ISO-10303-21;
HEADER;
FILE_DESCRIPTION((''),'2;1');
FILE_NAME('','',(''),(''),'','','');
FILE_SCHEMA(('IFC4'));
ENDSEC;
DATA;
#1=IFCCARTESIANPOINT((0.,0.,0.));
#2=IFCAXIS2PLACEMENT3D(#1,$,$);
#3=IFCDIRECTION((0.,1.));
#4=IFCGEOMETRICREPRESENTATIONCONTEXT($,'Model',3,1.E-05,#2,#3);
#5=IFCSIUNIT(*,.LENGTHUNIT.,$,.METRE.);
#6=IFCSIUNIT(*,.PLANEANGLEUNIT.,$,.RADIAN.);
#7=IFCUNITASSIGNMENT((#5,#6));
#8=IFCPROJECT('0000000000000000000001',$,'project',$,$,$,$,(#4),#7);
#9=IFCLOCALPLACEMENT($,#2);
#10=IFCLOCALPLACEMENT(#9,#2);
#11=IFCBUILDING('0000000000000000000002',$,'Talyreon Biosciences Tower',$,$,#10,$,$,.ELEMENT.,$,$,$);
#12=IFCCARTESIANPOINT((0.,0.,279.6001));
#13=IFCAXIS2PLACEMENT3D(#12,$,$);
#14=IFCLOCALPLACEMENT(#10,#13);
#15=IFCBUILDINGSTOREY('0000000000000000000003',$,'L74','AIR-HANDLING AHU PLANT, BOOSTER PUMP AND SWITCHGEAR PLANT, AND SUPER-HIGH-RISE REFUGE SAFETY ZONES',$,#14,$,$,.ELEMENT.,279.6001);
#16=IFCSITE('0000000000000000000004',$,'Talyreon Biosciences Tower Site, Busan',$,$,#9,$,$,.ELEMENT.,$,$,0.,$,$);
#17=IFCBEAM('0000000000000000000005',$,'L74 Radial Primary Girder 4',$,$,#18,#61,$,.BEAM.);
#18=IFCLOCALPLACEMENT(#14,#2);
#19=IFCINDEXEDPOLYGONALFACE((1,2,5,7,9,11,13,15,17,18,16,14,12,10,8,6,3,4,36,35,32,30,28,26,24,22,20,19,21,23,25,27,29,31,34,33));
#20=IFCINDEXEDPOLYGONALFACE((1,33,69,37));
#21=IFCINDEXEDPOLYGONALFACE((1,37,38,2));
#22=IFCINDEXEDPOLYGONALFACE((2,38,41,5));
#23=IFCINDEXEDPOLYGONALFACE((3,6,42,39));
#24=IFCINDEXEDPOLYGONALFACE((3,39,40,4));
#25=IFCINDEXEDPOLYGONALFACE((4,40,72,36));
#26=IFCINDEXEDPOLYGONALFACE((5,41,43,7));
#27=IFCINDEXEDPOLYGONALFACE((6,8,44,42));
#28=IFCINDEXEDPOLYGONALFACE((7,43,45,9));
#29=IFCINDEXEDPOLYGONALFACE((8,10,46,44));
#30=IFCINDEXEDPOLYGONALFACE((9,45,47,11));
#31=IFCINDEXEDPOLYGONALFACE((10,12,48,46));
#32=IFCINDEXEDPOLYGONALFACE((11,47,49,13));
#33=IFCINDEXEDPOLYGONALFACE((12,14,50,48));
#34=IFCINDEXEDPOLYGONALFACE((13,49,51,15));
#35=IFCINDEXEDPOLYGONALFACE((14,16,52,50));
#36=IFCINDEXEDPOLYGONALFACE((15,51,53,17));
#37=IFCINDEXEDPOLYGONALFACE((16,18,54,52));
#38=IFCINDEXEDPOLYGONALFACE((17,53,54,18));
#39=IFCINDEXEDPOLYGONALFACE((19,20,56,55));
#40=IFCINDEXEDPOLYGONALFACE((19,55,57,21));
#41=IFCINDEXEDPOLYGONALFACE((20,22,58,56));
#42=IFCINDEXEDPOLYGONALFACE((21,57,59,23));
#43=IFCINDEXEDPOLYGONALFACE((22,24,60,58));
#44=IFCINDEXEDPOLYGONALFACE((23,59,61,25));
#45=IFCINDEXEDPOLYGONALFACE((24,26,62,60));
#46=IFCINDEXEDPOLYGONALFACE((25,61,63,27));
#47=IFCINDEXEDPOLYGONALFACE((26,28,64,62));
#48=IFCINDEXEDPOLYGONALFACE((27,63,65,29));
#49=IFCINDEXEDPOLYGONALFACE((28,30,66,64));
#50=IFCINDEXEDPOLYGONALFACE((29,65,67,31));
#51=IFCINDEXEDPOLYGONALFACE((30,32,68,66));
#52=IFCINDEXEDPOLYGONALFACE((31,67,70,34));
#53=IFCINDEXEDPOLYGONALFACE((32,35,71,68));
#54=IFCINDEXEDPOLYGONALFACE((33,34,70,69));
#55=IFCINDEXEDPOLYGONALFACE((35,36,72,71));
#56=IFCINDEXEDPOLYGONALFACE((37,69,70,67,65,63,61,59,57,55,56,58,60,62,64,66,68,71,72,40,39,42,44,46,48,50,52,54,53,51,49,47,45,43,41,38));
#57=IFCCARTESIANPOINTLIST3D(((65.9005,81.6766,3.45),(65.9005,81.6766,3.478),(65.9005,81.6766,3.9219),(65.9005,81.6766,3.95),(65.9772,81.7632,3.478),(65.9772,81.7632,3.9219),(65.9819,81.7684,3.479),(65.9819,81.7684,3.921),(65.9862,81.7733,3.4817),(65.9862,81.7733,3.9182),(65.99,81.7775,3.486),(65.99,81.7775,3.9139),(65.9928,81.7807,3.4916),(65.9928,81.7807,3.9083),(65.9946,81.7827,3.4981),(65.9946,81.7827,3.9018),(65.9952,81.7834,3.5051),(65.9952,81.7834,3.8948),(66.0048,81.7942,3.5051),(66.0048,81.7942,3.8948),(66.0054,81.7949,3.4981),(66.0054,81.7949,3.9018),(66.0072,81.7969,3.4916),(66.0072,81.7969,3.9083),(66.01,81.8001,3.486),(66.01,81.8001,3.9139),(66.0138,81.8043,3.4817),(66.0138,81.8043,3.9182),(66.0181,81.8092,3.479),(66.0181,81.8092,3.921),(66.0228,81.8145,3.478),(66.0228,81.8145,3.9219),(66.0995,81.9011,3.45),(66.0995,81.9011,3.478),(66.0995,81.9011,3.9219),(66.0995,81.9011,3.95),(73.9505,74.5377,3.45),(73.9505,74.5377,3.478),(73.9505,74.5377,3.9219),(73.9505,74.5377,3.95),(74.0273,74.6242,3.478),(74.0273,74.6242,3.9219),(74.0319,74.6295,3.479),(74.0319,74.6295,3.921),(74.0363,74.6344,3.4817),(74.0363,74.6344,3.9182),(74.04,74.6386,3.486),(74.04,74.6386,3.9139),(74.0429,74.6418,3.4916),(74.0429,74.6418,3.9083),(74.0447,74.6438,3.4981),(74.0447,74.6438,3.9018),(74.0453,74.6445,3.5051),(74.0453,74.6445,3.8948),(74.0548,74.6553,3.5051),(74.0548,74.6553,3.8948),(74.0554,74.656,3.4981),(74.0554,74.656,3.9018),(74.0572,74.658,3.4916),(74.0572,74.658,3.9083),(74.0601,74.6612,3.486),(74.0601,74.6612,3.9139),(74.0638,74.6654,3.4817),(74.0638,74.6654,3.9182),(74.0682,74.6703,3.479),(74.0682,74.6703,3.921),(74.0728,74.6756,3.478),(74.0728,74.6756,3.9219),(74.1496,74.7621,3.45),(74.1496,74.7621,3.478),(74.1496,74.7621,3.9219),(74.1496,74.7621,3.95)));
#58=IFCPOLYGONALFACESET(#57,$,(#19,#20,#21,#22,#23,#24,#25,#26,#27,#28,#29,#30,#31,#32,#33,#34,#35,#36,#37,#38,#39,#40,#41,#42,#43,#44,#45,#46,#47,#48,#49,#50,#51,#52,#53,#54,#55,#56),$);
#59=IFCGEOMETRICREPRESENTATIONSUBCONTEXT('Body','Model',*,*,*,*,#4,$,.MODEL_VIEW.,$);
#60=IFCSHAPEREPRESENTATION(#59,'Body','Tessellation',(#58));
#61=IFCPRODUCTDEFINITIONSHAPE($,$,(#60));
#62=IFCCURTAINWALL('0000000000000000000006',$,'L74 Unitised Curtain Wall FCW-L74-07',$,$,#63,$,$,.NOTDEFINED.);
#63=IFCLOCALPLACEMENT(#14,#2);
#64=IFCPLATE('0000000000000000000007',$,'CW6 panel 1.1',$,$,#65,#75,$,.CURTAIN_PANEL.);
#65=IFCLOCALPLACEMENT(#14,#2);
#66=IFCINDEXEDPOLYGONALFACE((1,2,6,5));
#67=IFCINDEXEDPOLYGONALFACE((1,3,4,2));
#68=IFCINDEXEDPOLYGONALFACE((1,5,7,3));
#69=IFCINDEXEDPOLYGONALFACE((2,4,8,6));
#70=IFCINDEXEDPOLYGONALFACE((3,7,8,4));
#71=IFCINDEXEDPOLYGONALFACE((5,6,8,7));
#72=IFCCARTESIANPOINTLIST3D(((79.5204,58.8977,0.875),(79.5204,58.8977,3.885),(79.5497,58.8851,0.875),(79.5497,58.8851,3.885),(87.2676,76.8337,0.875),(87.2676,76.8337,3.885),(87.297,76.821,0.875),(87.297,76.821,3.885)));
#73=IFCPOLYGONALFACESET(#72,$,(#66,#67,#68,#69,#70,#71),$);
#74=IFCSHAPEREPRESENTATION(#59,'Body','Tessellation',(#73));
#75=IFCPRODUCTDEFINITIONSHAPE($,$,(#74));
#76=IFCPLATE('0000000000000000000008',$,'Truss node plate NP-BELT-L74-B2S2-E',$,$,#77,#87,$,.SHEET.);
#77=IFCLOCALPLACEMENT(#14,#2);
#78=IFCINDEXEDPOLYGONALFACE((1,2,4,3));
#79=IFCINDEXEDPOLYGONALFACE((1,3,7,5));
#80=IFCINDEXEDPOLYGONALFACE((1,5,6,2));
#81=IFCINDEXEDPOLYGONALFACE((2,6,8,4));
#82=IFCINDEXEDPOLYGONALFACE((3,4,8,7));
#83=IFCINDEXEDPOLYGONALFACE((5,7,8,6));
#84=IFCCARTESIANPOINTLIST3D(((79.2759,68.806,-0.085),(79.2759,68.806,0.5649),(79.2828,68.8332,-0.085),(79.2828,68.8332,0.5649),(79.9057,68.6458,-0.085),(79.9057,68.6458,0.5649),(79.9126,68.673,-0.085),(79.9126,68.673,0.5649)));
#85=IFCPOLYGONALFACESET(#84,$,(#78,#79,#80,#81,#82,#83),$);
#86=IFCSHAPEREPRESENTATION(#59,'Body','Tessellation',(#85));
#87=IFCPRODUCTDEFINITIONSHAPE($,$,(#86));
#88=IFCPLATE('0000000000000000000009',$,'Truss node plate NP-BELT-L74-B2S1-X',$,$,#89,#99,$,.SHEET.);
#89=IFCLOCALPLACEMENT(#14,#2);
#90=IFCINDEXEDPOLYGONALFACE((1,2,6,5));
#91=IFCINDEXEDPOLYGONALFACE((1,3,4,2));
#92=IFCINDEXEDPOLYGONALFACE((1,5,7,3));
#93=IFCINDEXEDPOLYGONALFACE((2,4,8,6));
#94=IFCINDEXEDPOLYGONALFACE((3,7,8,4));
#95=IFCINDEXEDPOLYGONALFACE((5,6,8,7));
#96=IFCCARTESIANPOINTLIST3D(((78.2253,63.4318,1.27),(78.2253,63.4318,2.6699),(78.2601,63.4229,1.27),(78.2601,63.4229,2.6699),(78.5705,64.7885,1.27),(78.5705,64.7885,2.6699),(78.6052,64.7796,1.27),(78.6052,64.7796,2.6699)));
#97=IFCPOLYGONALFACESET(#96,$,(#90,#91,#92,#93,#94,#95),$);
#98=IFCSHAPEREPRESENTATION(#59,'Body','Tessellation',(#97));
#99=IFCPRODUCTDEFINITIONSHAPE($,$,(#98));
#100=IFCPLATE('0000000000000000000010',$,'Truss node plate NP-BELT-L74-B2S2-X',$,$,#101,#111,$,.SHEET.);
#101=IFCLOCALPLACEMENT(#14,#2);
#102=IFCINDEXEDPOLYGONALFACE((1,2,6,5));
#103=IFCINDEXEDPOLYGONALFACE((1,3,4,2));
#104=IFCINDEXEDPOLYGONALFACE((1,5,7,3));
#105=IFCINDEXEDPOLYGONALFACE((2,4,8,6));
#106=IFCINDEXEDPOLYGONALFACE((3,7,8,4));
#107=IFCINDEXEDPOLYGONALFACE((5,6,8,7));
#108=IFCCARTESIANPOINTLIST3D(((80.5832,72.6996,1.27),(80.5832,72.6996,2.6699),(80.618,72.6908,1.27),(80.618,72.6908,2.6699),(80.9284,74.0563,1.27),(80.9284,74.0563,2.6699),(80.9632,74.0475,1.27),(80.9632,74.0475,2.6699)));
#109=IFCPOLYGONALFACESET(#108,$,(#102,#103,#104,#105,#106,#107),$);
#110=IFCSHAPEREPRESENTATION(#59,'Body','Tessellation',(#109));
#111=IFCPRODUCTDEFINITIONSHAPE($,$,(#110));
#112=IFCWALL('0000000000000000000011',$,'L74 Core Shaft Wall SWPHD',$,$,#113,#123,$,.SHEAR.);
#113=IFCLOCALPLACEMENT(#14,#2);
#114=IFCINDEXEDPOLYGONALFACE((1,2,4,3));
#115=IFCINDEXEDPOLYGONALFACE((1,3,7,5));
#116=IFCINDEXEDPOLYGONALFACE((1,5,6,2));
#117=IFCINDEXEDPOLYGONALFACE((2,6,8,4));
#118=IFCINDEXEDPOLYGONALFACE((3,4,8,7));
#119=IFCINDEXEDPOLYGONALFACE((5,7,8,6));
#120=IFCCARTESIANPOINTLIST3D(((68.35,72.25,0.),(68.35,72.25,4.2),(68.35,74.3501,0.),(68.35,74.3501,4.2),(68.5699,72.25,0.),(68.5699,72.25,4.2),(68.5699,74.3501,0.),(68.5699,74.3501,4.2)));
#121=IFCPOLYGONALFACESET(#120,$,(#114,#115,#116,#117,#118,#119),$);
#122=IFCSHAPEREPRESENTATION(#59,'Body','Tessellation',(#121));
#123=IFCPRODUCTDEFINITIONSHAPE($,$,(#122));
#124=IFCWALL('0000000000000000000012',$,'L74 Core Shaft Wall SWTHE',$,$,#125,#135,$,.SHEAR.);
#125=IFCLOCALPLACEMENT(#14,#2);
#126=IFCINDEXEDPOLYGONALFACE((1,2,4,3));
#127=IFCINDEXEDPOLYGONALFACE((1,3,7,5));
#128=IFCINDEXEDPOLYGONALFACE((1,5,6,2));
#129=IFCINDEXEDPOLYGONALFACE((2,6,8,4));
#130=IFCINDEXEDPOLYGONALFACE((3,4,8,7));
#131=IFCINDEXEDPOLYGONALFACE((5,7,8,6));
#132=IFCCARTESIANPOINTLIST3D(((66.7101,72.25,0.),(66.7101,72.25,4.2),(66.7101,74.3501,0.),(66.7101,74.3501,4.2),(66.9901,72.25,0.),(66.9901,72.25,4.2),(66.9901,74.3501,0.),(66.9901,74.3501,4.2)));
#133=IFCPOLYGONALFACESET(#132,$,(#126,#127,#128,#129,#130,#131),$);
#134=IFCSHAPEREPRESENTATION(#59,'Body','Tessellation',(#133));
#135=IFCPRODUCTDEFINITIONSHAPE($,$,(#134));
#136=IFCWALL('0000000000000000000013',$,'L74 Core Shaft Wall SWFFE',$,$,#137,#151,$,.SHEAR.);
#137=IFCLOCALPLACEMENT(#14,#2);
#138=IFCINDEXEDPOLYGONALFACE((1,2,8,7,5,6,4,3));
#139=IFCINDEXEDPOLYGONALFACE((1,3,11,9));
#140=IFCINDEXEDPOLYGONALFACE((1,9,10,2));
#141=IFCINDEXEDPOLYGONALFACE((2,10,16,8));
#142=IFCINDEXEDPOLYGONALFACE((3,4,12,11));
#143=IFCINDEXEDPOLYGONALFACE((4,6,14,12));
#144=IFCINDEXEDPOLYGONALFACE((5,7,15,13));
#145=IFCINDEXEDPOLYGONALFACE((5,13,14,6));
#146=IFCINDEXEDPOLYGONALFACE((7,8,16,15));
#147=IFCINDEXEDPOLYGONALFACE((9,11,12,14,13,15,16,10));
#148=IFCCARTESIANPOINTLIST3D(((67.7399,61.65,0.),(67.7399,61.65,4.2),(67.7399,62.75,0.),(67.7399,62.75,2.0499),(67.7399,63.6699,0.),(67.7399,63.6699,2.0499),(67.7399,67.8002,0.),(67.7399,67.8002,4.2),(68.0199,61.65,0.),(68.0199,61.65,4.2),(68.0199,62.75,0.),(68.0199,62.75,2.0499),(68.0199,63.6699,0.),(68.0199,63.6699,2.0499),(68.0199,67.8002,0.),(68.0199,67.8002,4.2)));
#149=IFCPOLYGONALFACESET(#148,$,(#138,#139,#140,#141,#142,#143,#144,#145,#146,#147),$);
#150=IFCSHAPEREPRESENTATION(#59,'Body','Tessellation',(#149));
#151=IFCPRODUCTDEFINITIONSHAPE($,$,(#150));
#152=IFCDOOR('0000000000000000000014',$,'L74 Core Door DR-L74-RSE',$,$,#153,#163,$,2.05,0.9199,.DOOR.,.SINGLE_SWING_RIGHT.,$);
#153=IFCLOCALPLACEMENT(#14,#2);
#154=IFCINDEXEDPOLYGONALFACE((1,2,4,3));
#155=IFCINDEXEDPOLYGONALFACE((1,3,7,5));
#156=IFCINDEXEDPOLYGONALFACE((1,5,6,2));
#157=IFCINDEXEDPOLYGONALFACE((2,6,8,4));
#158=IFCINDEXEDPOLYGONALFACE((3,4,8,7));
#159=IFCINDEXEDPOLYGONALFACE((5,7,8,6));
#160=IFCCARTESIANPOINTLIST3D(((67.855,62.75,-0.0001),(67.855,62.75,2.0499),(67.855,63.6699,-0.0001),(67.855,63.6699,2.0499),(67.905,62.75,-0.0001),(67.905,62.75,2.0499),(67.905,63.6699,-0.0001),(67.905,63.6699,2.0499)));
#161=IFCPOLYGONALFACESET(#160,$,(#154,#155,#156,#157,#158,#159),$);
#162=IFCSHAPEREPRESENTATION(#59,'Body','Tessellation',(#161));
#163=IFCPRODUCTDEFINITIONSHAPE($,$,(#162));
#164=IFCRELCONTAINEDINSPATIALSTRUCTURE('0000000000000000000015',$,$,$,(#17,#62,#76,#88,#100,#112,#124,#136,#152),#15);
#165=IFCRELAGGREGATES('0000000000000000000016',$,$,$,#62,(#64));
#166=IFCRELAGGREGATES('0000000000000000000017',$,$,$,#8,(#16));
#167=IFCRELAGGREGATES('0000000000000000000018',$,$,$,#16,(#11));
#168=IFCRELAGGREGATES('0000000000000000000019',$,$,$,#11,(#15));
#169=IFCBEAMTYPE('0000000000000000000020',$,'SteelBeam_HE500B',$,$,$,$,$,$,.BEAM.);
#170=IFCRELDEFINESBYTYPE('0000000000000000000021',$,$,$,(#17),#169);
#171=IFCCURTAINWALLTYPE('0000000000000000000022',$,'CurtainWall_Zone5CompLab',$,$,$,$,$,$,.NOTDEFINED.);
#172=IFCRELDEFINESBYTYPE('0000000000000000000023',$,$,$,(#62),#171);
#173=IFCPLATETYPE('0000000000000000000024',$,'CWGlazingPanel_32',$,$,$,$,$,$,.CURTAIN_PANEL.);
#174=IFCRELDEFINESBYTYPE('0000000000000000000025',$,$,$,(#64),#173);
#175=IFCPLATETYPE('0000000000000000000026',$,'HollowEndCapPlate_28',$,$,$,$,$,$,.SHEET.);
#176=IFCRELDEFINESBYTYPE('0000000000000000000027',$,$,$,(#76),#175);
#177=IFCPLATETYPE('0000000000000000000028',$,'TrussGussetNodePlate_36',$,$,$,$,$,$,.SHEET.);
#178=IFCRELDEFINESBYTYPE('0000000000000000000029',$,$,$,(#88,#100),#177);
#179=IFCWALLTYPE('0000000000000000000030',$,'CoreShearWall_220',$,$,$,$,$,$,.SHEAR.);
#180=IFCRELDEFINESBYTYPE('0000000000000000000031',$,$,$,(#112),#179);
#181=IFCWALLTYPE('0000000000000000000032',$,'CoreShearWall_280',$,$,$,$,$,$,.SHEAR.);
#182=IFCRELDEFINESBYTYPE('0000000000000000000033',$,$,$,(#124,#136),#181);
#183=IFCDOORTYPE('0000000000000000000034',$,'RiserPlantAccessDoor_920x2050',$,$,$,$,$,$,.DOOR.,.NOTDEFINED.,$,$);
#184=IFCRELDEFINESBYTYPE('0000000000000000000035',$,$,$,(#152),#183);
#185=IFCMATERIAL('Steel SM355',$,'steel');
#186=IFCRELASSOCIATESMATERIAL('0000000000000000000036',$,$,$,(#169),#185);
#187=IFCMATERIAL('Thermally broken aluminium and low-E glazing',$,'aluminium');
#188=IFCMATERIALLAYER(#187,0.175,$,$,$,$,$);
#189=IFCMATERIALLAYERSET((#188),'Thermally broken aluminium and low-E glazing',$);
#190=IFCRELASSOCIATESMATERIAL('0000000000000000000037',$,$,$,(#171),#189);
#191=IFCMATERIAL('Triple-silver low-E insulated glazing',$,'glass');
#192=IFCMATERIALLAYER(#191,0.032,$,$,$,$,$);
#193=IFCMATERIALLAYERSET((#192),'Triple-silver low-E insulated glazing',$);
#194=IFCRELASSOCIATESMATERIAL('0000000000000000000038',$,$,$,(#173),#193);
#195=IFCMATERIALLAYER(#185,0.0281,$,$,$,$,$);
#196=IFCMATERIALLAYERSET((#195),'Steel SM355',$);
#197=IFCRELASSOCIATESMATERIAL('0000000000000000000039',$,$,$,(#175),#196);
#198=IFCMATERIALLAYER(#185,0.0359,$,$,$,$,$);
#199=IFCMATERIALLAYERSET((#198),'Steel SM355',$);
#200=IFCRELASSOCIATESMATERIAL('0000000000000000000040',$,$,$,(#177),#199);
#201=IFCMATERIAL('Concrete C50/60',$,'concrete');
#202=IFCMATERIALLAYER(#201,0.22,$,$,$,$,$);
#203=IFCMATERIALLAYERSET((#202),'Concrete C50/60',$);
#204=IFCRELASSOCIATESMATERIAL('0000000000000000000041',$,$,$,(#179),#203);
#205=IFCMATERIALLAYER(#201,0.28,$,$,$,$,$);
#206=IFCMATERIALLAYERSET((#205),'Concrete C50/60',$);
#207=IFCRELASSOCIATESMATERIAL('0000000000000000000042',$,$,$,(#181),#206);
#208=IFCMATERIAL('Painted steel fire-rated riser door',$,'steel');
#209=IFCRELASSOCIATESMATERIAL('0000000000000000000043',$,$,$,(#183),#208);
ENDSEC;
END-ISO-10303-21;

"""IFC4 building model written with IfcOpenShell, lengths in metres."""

from ifc_helpers import new_model, si_unit, direction, frame, frame_2d, origin, origin_2d, place, context, subcontext, project, spatial, rectangle, i_section, extrude, material, layer, layer_set, material_profile, profile_set, type_object, element, fill, aggregate, save


model = new_model("IFC4")

# Units and contexts
model_context = context("Model", 3, precision=1e-05, world=origin(), true_north=direction((0.0, 1.0)))
body_context = subcontext(model_context, "Body", "Model", "MODEL_VIEW")
ifc_project = project(units=[si_unit("LENGTHUNIT", "METRE"), si_unit("PLANEANGLEUNIT", "RADIAN")], contexts=[model_context])

# Site, building, storey
site_placement = place(None, origin())
site = spatial("IfcSite", under=ifc_project, at=site_placement, Name="Talyreon Biosciences Tower Site, Busan", CompositionType="ELEMENT", RefElevation=0.0)
building_placement = place(site_placement, origin())
building = spatial("IfcBuilding", under=site, at=building_placement, Name="Talyreon Biosciences Tower", CompositionType="ELEMENT")
storey_placement = place(building_placement, frame((0.0, 0.0, 279.6001)))
storey = spatial("IfcBuildingStorey", under=building, at=storey_placement, Name="L74", Description="AIR-HANDLING AHU PLANT, BOOSTER PUMP AND SWITCHGEAR PLANT, AND SUPER-HIGH-RISE REFUGE SAFETY ZONES", CompositionType="ELEMENT", Elevation=279.6001)

# Shared definitions
ifc_material_1 = material(Name="Concrete C50/60", Category="concrete")

# Shared definitions
ifc_material_2 = material(Name="Steel SM355", Category="steel")

# Beam
ifc_material_profile_1 = material_profile(ifc_material_2, i_section(OverallWidth=0.3, OverallDepth=0.5, WebThickness=0.0144, FlangeThickness=0.0281, FilletRadius=0.0271, at=origin_2d()), Name="HE500B")
ifc_profile_set_1 = profile_set([ifc_material_profile_1], Name="Steel SM355")
beam_type_1 = type_object("IfcBeamType", Name="SteelBeam_HE500B", PredefinedType="BEAM", material=ifc_profile_set_1)
beam_1_placement = place(storey_placement, frame((74.05, 74.6499, 3.7), z_axis=(-0.748179, 0.663497, 0.0), x_axis=(-0.663497, -0.748179, 0.0)))
element("IfcBeam", 1, at=beam_1_placement, inside=storey, type_object=beam_type_1, Name="L74 Radial Primary Girder 4", PredefinedType="BEAM", context=body_context, shape_type="SweptSolid", body=[
    extrude(i_section(OverallWidth=0.3, OverallDepth=0.5, WebThickness=0.0144, FlangeThickness=0.0281, FilletRadius=0.0271, at=origin_2d()), origin(), (0.0, 0.0, 1.0), 10.7595),
])

# Curtain wall, plate
ifc_material_3 = material(Name="Thermally broken aluminium and low-E glazing", Category="aluminium")
ifc_layer_1 = layer(ifc_material_3, 0.175)
ifc_layer_set_1 = layer_set([ifc_layer_1], Name="Thermally broken aluminium and low-E glazing")
curtain_wall_type = type_object("IfcCurtainWallType", Name="CurtainWall_Zone5CompLab", PredefinedType="NOTDEFINED", material=ifc_layer_set_1)
curtain_wall_placement = place(storey_placement, origin())
curtain_wall = element("IfcCurtainWall", 2, at=curtain_wall_placement, inside=storey, type_object=curtain_wall_type, Name="L74 Unitised Curtain Wall FCW-L74-07", PredefinedType="NOTDEFINED")
ifc_material_4 = material(Name="Triple-silver low-E insulated glazing", Category="glass")
ifc_layer_2 = layer(ifc_material_4, 0.032)
ifc_layer_set_2 = layer_set([ifc_layer_2], Name="Triple-silver low-E insulated glazing")
plate_type_1 = type_object("IfcPlateType", Name="CWGlazingPanel_32", PredefinedType="CURTAIN_PANEL", material=ifc_layer_set_2)
plate_1_placement = place(storey_placement, frame((83.4087, 67.8594, 0.875), z_axis=(0.0, 0.0, 1.0), x_axis=(-0.39653, -0.918022, 0.0)))
plate_1 = element("IfcPlate", 3, at=plate_1_placement, type_object=plate_type_1, Name="CW6 panel 1.1", PredefinedType="CURTAIN_PANEL", context=body_context, shape_type="SweptSolid", body=[
    extrude(rectangle(XDim=19.5376, YDim=0.032, at=origin_2d()), origin(), (0.0, 0.0, 1.0), 3.01),
])
aggregate(curtain_wall, [plate_1])

# Plates
ifc_layer_3 = layer(ifc_material_2, 0.0281)
ifc_layer_set_3 = layer_set([ifc_layer_3], Name="Steel SM355")
plate_type_2 = type_object("IfcPlateType", Name="HollowEndCapPlate_28", PredefinedType="SHEET", material=ifc_layer_set_3)
plate_2_placement = place(storey_placement, frame((79.5942, 68.7395, -0.085), z_axis=(0.0, 0.0, 1.0), x_axis=(-0.969132, 0.246542, 0.0)))
element("IfcPlate", 4, at=plate_2_placement, inside=storey, type_object=plate_type_2, Name="Truss node plate NP-BELT-L74-B2S2-E", PredefinedType="SHEET", context=body_context, shape_type="SweptSolid", body=[
    extrude(rectangle(XDim=0.6499, YDim=0.0281, at=origin_2d()), origin(), (0.0, 0.0, 1.0), 0.6499),
])
ifc_layer_4 = layer(ifc_material_2, 0.0359)
ifc_layer_set_4 = layer_set([ifc_layer_4], Name="Steel SM355")
plate_type_3 = type_object("IfcPlateType", Name="TrussGussetNodePlate_36", PredefinedType="SHEET", material=ifc_layer_set_4)
for number, where, z_axis, x_axis, name in (
    (5, (78.4153, 64.1057, 1.27), (0.0, 0.0, 1.0), (0.246542, 0.969132, 0.0), "Truss node plate NP-BELT-L74-B2S1-X"),
    (6, (80.7732, 73.3735, 1.27), (0.0, 0.0, 1.0), (0.246542, 0.969132, 0.0), "Truss node plate NP-BELT-L74-B2S2-X"),
):
    element("IfcPlate", number, at=place(storey_placement, frame(where, z_axis=z_axis, x_axis=x_axis)), inside=storey, type_object=plate_type_3, Name=name, PredefinedType="SHEET", context=body_context, shape_type="SweptSolid", body=[
        extrude(rectangle(XDim=1.3999, YDim=0.0359, at=origin_2d()), origin(), (0.0, 0.0, 1.0), 1.3999),
    ])

# Walls
ifc_layer_5 = layer(ifc_material_1, 0.22)
ifc_layer_set_5 = layer_set([ifc_layer_5], Name="Concrete C50/60")
wall_type_1 = type_object("IfcWallType", Name="CoreShearWall_220", PredefinedType="SHEAR", material=ifc_layer_set_5)
wall_1_placement = place(storey_placement, frame((68.46, 72.25, 0.0), z_axis=(0.0, 0.0, 1.0), x_axis=(0.0, 1.0, 0.0)))
element("IfcWall", 7, at=wall_1_placement, inside=storey, type_object=wall_type_1, Name="L74 Core Shaft Wall SWPHD", PredefinedType="SHEAR", context=body_context, shape_type="SweptSolid", body=[
    extrude(rectangle(XDim=2.1001, YDim=0.22, at=frame_2d((1.05, 0.0))), origin(), (0.0, 0.0, 1.0), 4.2),
])
ifc_layer_6 = layer(ifc_material_1, 0.28)
ifc_layer_set_6 = layer_set([ifc_layer_6], Name="Concrete C50/60")
wall_type_2 = type_object("IfcWallType", Name="CoreShearWall_280", PredefinedType="SHEAR", material=ifc_layer_set_6)
wall_2_placement = place(storey_placement, frame((66.8501, 72.25, 0.0), z_axis=(0.0, 0.0, 1.0), x_axis=(0.0, 1.0, 0.0)))
element("IfcWall", 8, at=wall_2_placement, inside=storey, type_object=wall_type_2, Name="L74 Core Shaft Wall SWTHE", PredefinedType="SHEAR", context=body_context, shape_type="SweptSolid", body=[
    extrude(rectangle(XDim=2.1001, YDim=0.28, at=frame_2d((1.05, 0.0))), origin(), (0.0, 0.0, 1.0), 4.2),
])

# Wall, opening, door
wall_3_placement = place(storey_placement, frame((67.8799, 61.6499, 0.0), z_axis=(0.0, 0.0, 1.0), x_axis=(0.0, 1.0, 0.0)))
wall_3 = element("IfcWall", 9, at=wall_3_placement, inside=storey, type_object=wall_type_2, Name="L74 Core Shaft Wall SWFFE", PredefinedType="SHEAR", context=body_context, shape_type="SweptSolid", body=[
    extrude(rectangle(XDim=6.1501, YDim=0.28, at=frame_2d((3.0752, 0.0))), origin(), (0.0, 0.0, 1.0), 4.2),
])
opening_1_placement = place(wall_3_placement, frame((1.1001, 0.0, 0.0)))
opening_1 = element("IfcOpeningElement", 10, at=opening_1_placement, cuts=wall_3, PredefinedType="OPENING", context=body_context, shape_type="SweptSolid", body=[
    extrude(rectangle(XDim=0.9199, YDim=2.05, at=frame_2d((0.46, 1.0249))), frame((0.0, 0.1499, 0.0), z_axis=(0.0, -1.0, 0.0), x_axis=(1.0, 0.0, 0.0)), (0.0, 0.0, 1.0), 0.3),
])
ifc_material_5 = material(Name="Painted steel fire-rated riser door", Category="steel")
door_type = type_object("IfcDoorType", Name="RiserPlantAccessDoor_920x2050", OperationType="NOTDEFINED", PredefinedType="DOOR", material=ifc_material_5)
door_1_placement = place(opening_1_placement, origin())
door_1 = element("IfcDoor", 11, at=door_1_placement, inside=storey, type_object=door_type, Name="L74 Core Door DR-L74-RSE", OperationType="SINGLE_SWING_RIGHT", OverallHeight=2.05, OverallWidth=0.9199, PredefinedType="DOOR", context=body_context, shape_type="SweptSolid", body=[
    extrude(rectangle(XDim=0.9199, YDim=2.05, at=frame_2d((0.46, 1.0249))), frame((0.0, 0.0249, 0.0), z_axis=(0.0, -1.0, 0.0), x_axis=(1.0, 0.0, 0.0)), (0.0, 0.0, 1.0), 0.05),
])
fill(opening_1, door_1)

save(model, "model.ifc")
